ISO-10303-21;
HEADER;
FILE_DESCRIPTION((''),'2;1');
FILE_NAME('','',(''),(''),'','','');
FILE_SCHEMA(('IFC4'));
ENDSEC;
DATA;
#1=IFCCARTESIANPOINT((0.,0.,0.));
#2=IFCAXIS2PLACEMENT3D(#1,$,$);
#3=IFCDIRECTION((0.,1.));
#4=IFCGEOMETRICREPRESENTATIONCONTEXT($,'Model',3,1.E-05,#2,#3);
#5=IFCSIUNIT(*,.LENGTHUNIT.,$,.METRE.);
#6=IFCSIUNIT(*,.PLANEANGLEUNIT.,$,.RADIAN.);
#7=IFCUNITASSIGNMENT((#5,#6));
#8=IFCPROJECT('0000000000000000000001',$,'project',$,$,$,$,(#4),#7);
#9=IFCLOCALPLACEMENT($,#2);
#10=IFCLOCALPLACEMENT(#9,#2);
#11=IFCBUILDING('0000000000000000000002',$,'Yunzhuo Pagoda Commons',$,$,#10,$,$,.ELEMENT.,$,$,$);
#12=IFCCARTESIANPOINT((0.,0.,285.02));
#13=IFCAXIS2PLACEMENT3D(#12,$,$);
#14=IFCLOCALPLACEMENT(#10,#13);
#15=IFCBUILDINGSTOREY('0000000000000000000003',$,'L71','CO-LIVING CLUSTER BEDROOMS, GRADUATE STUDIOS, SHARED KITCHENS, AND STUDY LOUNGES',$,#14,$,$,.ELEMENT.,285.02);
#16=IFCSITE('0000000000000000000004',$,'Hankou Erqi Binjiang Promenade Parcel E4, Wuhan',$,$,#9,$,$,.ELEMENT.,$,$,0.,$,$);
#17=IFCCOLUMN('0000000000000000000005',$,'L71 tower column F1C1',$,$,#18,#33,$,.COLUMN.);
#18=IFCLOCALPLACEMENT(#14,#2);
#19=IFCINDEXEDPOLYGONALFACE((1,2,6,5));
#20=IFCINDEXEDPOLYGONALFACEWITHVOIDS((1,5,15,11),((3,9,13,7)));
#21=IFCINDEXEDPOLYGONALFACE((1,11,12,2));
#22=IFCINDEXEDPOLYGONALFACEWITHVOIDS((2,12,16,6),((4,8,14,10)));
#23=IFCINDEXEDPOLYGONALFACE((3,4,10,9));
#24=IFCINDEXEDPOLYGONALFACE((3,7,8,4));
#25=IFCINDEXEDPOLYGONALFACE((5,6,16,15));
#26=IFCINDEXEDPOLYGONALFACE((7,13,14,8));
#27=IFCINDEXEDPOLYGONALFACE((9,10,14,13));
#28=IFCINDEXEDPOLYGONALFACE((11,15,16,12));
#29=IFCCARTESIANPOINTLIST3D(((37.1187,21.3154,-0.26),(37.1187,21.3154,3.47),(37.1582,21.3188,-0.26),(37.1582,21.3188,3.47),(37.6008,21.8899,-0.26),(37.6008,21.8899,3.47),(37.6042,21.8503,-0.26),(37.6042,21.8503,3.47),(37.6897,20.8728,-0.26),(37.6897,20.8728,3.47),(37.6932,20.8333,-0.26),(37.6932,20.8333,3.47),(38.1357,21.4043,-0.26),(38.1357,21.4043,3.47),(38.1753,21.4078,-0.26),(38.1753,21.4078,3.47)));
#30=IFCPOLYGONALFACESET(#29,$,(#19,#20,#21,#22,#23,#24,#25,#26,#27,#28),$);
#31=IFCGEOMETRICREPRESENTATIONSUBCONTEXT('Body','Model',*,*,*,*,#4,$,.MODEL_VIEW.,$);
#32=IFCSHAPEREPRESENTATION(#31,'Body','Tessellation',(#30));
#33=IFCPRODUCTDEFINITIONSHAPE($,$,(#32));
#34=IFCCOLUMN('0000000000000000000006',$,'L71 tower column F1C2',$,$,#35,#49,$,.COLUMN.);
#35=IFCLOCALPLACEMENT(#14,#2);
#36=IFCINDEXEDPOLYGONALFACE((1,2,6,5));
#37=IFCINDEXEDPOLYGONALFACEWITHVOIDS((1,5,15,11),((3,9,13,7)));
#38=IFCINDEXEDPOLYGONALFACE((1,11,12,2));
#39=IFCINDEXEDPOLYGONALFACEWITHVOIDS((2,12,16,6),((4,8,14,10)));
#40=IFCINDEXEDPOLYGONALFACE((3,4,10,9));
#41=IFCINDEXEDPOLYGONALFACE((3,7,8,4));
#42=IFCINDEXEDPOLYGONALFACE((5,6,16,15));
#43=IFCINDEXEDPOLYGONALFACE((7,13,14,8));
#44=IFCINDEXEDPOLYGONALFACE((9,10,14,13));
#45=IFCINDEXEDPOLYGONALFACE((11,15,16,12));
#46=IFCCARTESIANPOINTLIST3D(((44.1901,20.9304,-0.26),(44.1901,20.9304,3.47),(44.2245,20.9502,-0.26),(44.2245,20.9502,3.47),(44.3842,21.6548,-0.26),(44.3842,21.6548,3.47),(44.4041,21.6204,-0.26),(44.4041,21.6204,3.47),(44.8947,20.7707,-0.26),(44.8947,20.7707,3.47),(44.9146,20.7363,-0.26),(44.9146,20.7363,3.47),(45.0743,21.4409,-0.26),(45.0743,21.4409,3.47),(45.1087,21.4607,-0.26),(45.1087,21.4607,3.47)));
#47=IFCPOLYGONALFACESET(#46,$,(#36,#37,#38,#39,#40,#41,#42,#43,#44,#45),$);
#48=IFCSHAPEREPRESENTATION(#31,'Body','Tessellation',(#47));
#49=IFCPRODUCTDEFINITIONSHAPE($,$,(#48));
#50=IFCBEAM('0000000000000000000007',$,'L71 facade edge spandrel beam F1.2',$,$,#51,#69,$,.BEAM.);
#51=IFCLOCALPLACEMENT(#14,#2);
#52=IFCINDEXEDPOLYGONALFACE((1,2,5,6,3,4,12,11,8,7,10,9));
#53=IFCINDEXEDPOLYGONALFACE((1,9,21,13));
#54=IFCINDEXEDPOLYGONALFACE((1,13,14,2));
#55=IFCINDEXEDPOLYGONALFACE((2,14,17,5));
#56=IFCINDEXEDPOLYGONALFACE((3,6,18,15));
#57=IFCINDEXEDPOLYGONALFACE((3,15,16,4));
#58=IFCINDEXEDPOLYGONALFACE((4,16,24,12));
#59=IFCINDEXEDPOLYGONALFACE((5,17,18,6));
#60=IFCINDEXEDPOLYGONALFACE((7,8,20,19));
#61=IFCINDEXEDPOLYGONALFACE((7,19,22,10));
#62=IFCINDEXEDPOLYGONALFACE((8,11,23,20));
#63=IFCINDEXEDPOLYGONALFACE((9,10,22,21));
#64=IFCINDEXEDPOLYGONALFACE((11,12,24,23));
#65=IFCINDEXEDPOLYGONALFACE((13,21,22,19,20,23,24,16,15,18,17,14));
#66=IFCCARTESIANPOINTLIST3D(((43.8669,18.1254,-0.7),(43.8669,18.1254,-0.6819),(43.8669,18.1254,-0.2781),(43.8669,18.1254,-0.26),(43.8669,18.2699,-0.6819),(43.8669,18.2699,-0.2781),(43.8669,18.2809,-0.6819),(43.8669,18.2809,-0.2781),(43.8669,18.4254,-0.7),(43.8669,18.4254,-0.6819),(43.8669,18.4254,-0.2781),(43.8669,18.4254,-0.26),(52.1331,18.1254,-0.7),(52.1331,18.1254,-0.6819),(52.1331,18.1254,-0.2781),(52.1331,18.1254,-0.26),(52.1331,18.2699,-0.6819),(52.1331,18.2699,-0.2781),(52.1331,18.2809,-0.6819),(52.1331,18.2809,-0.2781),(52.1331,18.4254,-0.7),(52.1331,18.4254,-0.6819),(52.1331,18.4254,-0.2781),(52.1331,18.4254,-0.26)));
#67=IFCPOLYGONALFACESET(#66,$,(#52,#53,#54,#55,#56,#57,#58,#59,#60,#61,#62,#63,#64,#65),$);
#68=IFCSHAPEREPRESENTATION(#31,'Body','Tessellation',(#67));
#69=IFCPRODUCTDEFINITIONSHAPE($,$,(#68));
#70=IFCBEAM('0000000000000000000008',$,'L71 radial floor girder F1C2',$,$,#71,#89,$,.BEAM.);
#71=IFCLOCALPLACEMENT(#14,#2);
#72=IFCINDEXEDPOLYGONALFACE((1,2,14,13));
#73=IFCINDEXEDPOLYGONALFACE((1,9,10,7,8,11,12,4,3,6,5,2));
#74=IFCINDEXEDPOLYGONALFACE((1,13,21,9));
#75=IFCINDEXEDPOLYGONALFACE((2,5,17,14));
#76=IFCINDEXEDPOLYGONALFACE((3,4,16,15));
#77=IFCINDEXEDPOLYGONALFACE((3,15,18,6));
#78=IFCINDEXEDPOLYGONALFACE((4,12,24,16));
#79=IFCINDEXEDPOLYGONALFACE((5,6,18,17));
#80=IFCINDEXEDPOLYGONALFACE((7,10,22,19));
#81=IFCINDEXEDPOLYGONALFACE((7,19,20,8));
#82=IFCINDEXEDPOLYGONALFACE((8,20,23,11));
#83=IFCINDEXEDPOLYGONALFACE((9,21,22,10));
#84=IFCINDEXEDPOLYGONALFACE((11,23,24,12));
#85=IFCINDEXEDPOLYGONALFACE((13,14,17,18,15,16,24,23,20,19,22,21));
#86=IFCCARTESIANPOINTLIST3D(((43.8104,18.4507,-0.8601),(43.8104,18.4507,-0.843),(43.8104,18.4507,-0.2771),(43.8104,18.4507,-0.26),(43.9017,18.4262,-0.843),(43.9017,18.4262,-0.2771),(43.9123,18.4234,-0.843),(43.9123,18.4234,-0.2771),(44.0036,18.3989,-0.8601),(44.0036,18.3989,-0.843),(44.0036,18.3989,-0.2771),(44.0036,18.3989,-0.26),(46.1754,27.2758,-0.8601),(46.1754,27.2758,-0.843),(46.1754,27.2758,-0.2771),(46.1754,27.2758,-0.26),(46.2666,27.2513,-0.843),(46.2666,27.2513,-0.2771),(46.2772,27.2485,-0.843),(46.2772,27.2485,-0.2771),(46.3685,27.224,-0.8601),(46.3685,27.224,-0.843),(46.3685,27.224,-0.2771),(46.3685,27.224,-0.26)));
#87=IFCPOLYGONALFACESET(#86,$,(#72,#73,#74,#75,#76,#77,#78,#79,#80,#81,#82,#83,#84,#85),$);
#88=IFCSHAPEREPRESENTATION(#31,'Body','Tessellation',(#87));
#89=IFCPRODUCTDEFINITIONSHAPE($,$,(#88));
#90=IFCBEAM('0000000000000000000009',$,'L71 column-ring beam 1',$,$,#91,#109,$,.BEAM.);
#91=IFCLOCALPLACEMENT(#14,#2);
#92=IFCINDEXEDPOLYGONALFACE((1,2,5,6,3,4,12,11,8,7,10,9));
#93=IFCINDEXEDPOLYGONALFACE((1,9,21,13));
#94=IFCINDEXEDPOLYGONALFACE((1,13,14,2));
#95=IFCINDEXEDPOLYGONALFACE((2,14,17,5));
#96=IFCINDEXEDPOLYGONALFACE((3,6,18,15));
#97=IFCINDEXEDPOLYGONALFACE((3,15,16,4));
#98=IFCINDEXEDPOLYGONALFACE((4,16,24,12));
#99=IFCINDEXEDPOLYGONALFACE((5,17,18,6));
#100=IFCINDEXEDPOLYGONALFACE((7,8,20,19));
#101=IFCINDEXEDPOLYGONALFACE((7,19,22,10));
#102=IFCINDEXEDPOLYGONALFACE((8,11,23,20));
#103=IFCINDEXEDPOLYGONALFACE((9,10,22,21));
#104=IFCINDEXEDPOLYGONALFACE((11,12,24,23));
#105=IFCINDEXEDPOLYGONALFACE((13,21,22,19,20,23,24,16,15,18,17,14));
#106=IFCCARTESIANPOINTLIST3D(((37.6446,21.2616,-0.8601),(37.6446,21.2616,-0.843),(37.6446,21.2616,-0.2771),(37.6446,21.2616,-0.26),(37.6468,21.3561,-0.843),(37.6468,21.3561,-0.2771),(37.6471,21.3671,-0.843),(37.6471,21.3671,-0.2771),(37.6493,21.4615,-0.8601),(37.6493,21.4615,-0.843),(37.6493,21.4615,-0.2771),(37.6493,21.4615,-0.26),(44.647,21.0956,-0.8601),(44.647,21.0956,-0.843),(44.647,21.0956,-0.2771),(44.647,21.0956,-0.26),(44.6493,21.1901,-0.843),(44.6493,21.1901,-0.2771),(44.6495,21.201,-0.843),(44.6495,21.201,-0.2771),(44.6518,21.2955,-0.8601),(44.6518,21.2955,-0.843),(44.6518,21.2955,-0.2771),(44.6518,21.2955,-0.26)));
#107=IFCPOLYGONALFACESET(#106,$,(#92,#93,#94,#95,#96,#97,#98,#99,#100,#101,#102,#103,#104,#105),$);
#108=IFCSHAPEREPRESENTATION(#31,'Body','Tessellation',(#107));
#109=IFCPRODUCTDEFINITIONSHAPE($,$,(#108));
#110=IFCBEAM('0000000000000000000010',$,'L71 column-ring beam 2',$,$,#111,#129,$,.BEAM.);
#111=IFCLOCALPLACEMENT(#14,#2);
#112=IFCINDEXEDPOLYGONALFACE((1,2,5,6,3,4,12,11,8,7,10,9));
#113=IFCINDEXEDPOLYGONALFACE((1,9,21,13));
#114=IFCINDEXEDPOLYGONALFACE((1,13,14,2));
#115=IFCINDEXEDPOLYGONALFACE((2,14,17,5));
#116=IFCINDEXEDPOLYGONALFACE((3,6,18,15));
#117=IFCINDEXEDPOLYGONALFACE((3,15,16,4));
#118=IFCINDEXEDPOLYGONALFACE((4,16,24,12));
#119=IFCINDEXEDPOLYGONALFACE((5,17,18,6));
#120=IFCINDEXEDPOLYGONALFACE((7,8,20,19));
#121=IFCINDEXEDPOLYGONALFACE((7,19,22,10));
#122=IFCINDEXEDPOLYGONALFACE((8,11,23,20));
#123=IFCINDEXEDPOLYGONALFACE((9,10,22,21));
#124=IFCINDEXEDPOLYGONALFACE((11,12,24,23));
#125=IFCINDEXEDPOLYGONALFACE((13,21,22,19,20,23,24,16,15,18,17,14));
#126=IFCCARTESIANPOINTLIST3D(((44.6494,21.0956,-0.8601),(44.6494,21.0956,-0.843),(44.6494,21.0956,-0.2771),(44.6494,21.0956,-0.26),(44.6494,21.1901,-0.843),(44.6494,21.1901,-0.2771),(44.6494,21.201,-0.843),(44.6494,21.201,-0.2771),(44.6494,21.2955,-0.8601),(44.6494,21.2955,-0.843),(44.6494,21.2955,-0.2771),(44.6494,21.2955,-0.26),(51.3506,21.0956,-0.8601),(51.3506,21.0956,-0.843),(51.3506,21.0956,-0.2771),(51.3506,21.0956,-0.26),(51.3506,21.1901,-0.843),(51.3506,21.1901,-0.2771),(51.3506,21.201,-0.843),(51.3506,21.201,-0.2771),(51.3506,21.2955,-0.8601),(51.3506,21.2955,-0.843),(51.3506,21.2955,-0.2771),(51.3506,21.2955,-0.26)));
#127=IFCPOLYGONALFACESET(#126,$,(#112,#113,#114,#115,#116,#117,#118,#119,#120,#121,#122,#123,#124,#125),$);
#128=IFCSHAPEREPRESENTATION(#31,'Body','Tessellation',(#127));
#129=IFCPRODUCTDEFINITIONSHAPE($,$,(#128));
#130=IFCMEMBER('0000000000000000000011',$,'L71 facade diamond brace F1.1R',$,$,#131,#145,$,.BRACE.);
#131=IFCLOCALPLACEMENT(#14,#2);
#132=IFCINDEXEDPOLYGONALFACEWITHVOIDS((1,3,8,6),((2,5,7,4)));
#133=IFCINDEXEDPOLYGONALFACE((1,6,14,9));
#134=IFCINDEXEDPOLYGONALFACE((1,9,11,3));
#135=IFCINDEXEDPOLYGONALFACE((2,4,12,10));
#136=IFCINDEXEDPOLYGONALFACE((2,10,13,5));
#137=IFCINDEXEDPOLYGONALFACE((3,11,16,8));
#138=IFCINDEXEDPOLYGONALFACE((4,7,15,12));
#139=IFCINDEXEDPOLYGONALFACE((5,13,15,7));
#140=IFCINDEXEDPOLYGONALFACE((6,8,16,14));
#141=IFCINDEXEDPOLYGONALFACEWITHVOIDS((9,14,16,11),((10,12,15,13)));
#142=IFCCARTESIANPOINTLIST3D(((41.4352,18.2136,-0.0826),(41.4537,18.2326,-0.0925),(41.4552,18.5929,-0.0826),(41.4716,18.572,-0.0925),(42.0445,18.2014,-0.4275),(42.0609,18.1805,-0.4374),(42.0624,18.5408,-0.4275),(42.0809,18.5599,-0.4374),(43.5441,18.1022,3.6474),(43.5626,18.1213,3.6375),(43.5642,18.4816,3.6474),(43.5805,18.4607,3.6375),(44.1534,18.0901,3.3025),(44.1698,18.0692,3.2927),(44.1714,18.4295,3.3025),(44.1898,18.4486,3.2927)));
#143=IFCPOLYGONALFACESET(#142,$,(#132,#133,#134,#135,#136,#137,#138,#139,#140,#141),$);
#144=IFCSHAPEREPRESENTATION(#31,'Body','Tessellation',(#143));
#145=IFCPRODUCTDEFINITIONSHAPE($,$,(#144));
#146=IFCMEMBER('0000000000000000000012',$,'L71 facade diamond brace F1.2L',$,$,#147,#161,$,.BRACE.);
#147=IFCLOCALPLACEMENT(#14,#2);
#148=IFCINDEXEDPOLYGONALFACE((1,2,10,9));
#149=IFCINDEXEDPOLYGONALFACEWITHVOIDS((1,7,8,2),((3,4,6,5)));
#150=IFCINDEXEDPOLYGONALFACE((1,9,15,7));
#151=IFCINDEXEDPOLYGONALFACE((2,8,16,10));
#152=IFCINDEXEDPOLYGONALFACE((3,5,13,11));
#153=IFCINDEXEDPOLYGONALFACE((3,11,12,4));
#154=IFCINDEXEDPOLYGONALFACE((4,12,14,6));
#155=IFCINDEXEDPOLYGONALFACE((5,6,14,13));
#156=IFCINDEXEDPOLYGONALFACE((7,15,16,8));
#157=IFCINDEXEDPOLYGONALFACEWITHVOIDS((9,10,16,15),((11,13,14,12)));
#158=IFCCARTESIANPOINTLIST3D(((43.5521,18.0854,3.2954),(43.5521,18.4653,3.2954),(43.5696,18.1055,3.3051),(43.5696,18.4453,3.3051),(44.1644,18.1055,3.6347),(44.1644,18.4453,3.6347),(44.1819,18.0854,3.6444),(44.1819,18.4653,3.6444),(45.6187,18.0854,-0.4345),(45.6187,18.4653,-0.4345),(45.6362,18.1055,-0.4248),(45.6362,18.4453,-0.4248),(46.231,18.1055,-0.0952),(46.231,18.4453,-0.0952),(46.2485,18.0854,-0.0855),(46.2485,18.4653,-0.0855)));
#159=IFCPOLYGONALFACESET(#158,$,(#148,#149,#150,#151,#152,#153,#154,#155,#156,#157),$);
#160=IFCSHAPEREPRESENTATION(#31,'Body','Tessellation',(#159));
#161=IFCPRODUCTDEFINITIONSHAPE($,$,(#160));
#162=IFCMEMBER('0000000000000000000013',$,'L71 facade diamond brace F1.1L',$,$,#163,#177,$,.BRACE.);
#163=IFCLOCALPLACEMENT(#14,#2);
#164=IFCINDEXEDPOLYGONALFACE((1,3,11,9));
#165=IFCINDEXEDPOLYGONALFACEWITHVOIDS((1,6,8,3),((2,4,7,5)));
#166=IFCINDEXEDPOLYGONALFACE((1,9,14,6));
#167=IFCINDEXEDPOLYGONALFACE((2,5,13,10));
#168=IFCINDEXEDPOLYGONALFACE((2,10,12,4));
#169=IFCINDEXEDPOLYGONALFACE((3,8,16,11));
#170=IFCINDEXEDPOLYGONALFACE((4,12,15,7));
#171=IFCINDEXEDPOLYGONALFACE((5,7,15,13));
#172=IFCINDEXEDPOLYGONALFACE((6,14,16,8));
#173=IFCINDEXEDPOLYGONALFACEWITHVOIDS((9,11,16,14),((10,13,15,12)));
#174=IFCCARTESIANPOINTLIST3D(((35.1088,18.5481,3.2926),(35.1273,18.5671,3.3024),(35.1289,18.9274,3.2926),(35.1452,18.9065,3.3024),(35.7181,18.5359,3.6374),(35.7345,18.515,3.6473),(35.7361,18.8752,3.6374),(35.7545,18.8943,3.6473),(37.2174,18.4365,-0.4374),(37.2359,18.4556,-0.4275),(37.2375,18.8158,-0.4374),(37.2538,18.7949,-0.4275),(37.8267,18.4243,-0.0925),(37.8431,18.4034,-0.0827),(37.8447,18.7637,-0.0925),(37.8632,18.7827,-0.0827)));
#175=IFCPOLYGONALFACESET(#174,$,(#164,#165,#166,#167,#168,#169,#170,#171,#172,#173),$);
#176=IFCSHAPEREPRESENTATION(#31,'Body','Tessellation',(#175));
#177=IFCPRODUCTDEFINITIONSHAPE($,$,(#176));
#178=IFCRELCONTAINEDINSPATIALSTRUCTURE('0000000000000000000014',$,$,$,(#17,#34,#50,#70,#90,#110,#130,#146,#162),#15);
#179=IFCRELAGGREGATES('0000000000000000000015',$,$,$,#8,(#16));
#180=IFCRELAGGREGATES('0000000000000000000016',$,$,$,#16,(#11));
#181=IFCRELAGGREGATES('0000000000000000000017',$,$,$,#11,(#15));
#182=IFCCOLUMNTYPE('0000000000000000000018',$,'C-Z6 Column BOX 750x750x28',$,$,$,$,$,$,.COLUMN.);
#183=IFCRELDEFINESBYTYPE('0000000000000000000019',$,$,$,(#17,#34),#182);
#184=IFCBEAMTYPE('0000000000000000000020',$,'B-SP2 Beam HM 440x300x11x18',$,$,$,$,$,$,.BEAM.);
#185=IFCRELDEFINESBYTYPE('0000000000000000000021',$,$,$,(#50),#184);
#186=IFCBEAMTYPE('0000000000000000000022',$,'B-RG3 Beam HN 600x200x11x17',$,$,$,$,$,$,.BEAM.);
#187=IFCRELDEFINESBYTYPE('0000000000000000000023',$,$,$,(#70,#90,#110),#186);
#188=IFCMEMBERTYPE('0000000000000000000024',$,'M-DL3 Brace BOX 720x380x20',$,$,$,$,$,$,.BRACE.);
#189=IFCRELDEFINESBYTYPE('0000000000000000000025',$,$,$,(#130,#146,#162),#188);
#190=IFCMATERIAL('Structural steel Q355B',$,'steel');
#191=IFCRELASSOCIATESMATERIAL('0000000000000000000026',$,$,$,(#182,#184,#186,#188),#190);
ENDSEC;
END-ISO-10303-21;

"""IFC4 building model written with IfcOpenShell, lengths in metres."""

from ifc_helpers import new_model, si_unit, direction, frame, origin, origin_2d, place, context, subcontext, project, spatial, hollow_rectangle, i_section, extrude, source, transform, mapped, material, material_profile, profile_set, type_object, element, save


model = new_model("IFC4")

# Units and contexts
model_context = context("Model", 3, precision=1e-05, world=origin(), true_north=direction((0.0, 1.0)))
body_context = subcontext(model_context, "Body", "Model", "MODEL_VIEW")
ifc_project = project(units=[si_unit("LENGTHUNIT", "METRE"), si_unit("PLANEANGLEUNIT", "RADIAN")], contexts=[model_context])

# Site, building, storey
site_placement = place(None, origin())
site = spatial("IfcSite", under=ifc_project, at=site_placement, Name="Hankou Erqi Binjiang Promenade Parcel E4, Wuhan", CompositionType="ELEMENT", RefElevation=0.0)
building_placement = place(site_placement, origin())
building = spatial("IfcBuilding", under=site, at=building_placement, Name="Yunzhuo Pagoda Commons", CompositionType="ELEMENT")
storey_placement = place(building_placement, frame((0.0, 0.0, 285.02)))
storey = spatial("IfcBuildingStorey", under=building, at=storey_placement, Name="L71", Description="CO-LIVING CLUSTER BEDROOMS, GRADUATE STUDIOS, SHARED KITCHENS, AND STUDY LOUNGES", CompositionType="ELEMENT", Elevation=285.02)

# Columns
ifc_material_1 = material(Name="Structural steel Q355B", Category="steel")
ifc_material_profile_1 = material_profile(ifc_material_1, hollow_rectangle(XDim=0.75, YDim=0.75, WallThickness=0.0281, at=origin_2d()), Name="Structural steel Q355B")
ifc_profile_set_1 = profile_set([ifc_material_profile_1], Name="Structural steel Q355B")
column_type = type_object("IfcColumnType", Name="C-Z6 Column BOX 750x750x28", PredefinedType="COLUMN", material=ifc_profile_set_1)
shared_shape_1 = source(origin(), body_context, "Body", "SweptSolid", [
    extrude(hollow_rectangle(XDim=0.75, YDim=0.75, WallThickness=0.0281, at=origin_2d()), origin(), (0.0, 0.0, 1.0), 3.73),
])
for number, where, z_axis, x_axis, name in (
    (1, (37.647, 21.3616, -0.26), (0.0, 0.0, 1.0), (0.766044, -0.642788, 0.0), "L71 tower column F1C1"),
    (2, (44.6494, 21.1956, -0.26), (0.0, 0.0, 1.0), (0.965926, -0.258819, 0.0), "L71 tower column F1C2"),
):
    element("IfcColumn", number, at=place(storey_placement, frame(where, z_axis=z_axis, x_axis=x_axis)), inside=storey, type_object=column_type, Name=name, PredefinedType="COLUMN", context=body_context, shape_type="MappedRepresentation", body=[
        mapped(shared_shape_1, transform((0.0, 0.0, 0.0), scale=1.0)),
    ])

# Beams
ifc_material_profile_2 = material_profile(ifc_material_1, i_section(OverallWidth=0.3, OverallDepth=0.4399, WebThickness=0.011, FlangeThickness=0.0181, at=origin_2d()), Name="Structural steel Q355B")
ifc_profile_set_2 = profile_set([ifc_material_profile_2], Name="Structural steel Q355B")
beam_type_1 = type_object("IfcBeamType", Name="B-SP2 Beam HM 440x300x11x18", PredefinedType="BEAM", material=ifc_profile_set_2)
shared_shape_2 = source(origin(), body_context, "Body", "SweptSolid", [
    extrude(i_section(OverallWidth=0.3, OverallDepth=0.4399, WebThickness=0.011, FlangeThickness=0.0181, at=origin_2d()), origin(), (0.0, 0.0, 1.0), 8.2661),
])
beam_1_placement = place(storey_placement, frame((43.8669, 18.2754, -0.48), z_axis=(1.0, 0.0, 0.0), x_axis=(0.0, 1.0, 0.0)))
element("IfcBeam", 3, at=beam_1_placement, inside=storey, type_object=beam_type_1, Name="L71 facade edge spandrel beam F1.2", PredefinedType="BEAM", context=body_context, shape_type="MappedRepresentation", body=[
    mapped(shared_shape_2, transform((0.0, 0.0, 0.0), scale=1.0)),
])
ifc_material_profile_3 = material_profile(ifc_material_1, i_section(OverallWidth=0.2, OverallDepth=0.6001, WebThickness=0.011, FlangeThickness=0.0171, at=origin_2d()), Name="Structural steel Q355B")
ifc_profile_set_3 = profile_set([ifc_material_profile_3], Name="Structural steel Q355B")
beam_type_2 = type_object("IfcBeamType", Name="B-RG3 Beam HN 600x200x11x17", PredefinedType="BEAM", material=ifc_profile_set_3)
shared_shape_3 = source(origin(), body_context, "Body", "SweptSolid", [
    extrude(i_section(OverallWidth=0.2, OverallDepth=0.6001, WebThickness=0.011, FlangeThickness=0.0171, at=origin_2d()), origin(), (0.0, 0.0, 1.0), 9.1365),
])
beam_2_placement = place(storey_placement, frame((43.907, 18.4248, -0.5601), z_axis=(0.258848, 0.965918, 0.0), x_axis=(-0.965918, 0.258848, 0.0)))
element("IfcBeam", 4, at=beam_2_placement, inside=storey, type_object=beam_type_2, Name="L71 radial floor girder F1C2", PredefinedType="BEAM", context=body_context, shape_type="MappedRepresentation", body=[
    mapped(shared_shape_3, transform((0.0, 0.0, 0.0), scale=1.0)),
])
shared_shape_4 = source(origin(), body_context, "Body", "SweptSolid", [
    extrude(i_section(OverallWidth=0.2, OverallDepth=0.6001, WebThickness=0.011, FlangeThickness=0.0171, at=origin_2d()), origin(), (0.0, 0.0, 1.0), 7.0044),
])
beam_3_placement = place(storey_placement, frame((37.647, 21.3616, -0.5601), z_axis=(0.999719, -0.023702, 0.0), x_axis=(0.023702, 0.999719, 0.0)))
element("IfcBeam", 5, at=beam_3_placement, inside=storey, type_object=beam_type_2, Name="L71 column-ring beam 1", PredefinedType="BEAM", context=body_context, shape_type="MappedRepresentation", body=[
    mapped(shared_shape_4, transform((0.0, 0.0, 0.0), scale=1.0)),
])
shared_shape_5 = source(origin(), body_context, "Body", "SweptSolid", [
    extrude(i_section(OverallWidth=0.2, OverallDepth=0.6001, WebThickness=0.011, FlangeThickness=0.0171, at=origin_2d()), origin(), (0.0, 0.0, 1.0), 6.7012),
])
beam_4_placement = place(storey_placement, frame((44.6494, 21.1956, -0.5601), z_axis=(1.0, 0.0, 0.0), x_axis=(0.0, 1.0, 0.0)))
element("IfcBeam", 6, at=beam_4_placement, inside=storey, type_object=beam_type_2, Name="L71 column-ring beam 2", PredefinedType="BEAM", context=body_context, shape_type="MappedRepresentation", body=[
    mapped(shared_shape_5, transform((0.0, 0.0, 0.0), scale=1.0)),
])

# Members
ifc_material_profile_4 = material_profile(ifc_material_1, hollow_rectangle(XDim=0.3799, YDim=0.72, WallThickness=0.02, at=origin_2d()), Name="Structural steel Q355B")
ifc_profile_set_4 = profile_set([ifc_material_profile_4], Name="Structural steel Q355B")
member_type_1 = type_object("IfcMemberType", Name="M-DL3 Brace BOX 720x380x20", PredefinedType="BRACE", material=ifc_profile_set_4)
shared_shape_6 = source(origin(), body_context, "Body", "SweptSolid", [
    extrude(hollow_rectangle(XDim=0.3799, YDim=0.72, WallThickness=0.02, at=origin_2d()), origin(), (0.0, 0.0, 1.0), 4.2864),
])
member_1_placement = place(storey_placement, frame((41.7581, 18.3867, -0.26), z_axis=(0.492004, -0.025973, 0.870205), x_axis=(0.052717, 0.99861, 0.0)))
element("IfcMember", 7, at=member_1_placement, inside=storey, type_object=member_type_1, Name="L71 facade diamond brace F1.1R", PredefinedType="BRACE", context=body_context, shape_type="MappedRepresentation", body=[
    mapped(shared_shape_6, transform((0.0, 0.0, 0.0), scale=1.0)),
])
shared_shape_7 = source(origin(), body_context, "Body", "SweptSolid", [
    extrude(hollow_rectangle(XDim=0.3799, YDim=0.72, WallThickness=0.02, at=origin_2d()), origin(), (0.0, 0.0, 1.0), 4.2642),
])
member_2_placement = place(storey_placement, frame((45.9336, 18.2754, -0.26), z_axis=(-0.484646, 0.0, 0.87471), x_axis=(0.0, -1.0, 0.0)))
element("IfcMember", 8, at=member_2_placement, inside=storey, type_object=member_type_1, Name="L71 facade diamond brace F1.2L", PredefinedType="BRACE", context=body_context, shape_type="MappedRepresentation", body=[
    mapped(shared_shape_7, transform((0.0, 0.0, 0.0), scale=1.0)),
])
shared_shape_8 = source(origin(), body_context, "Body", "SweptSolid", [
    extrude(hollow_rectangle(XDim=0.3799, YDim=0.72, WallThickness=0.02, at=origin_2d()), origin(), (0.0, 0.0, 1.0), 4.2861),
])
member_3_placement = place(storey_placement, frame((37.5403, 18.6096, -0.26), z_axis=(-0.49196, 0.026031, 0.870229), x_axis=(-0.052838, -0.998603, 0.0)))
element("IfcMember", 9, at=member_3_placement, inside=storey, type_object=member_type_1, Name="L71 facade diamond brace F1.1L", PredefinedType="BRACE", context=body_context, shape_type="MappedRepresentation", body=[
    mapped(shared_shape_8, transform((0.0, 0.0, 0.0), scale=1.0)),
])

save(model, "model.ifc")
